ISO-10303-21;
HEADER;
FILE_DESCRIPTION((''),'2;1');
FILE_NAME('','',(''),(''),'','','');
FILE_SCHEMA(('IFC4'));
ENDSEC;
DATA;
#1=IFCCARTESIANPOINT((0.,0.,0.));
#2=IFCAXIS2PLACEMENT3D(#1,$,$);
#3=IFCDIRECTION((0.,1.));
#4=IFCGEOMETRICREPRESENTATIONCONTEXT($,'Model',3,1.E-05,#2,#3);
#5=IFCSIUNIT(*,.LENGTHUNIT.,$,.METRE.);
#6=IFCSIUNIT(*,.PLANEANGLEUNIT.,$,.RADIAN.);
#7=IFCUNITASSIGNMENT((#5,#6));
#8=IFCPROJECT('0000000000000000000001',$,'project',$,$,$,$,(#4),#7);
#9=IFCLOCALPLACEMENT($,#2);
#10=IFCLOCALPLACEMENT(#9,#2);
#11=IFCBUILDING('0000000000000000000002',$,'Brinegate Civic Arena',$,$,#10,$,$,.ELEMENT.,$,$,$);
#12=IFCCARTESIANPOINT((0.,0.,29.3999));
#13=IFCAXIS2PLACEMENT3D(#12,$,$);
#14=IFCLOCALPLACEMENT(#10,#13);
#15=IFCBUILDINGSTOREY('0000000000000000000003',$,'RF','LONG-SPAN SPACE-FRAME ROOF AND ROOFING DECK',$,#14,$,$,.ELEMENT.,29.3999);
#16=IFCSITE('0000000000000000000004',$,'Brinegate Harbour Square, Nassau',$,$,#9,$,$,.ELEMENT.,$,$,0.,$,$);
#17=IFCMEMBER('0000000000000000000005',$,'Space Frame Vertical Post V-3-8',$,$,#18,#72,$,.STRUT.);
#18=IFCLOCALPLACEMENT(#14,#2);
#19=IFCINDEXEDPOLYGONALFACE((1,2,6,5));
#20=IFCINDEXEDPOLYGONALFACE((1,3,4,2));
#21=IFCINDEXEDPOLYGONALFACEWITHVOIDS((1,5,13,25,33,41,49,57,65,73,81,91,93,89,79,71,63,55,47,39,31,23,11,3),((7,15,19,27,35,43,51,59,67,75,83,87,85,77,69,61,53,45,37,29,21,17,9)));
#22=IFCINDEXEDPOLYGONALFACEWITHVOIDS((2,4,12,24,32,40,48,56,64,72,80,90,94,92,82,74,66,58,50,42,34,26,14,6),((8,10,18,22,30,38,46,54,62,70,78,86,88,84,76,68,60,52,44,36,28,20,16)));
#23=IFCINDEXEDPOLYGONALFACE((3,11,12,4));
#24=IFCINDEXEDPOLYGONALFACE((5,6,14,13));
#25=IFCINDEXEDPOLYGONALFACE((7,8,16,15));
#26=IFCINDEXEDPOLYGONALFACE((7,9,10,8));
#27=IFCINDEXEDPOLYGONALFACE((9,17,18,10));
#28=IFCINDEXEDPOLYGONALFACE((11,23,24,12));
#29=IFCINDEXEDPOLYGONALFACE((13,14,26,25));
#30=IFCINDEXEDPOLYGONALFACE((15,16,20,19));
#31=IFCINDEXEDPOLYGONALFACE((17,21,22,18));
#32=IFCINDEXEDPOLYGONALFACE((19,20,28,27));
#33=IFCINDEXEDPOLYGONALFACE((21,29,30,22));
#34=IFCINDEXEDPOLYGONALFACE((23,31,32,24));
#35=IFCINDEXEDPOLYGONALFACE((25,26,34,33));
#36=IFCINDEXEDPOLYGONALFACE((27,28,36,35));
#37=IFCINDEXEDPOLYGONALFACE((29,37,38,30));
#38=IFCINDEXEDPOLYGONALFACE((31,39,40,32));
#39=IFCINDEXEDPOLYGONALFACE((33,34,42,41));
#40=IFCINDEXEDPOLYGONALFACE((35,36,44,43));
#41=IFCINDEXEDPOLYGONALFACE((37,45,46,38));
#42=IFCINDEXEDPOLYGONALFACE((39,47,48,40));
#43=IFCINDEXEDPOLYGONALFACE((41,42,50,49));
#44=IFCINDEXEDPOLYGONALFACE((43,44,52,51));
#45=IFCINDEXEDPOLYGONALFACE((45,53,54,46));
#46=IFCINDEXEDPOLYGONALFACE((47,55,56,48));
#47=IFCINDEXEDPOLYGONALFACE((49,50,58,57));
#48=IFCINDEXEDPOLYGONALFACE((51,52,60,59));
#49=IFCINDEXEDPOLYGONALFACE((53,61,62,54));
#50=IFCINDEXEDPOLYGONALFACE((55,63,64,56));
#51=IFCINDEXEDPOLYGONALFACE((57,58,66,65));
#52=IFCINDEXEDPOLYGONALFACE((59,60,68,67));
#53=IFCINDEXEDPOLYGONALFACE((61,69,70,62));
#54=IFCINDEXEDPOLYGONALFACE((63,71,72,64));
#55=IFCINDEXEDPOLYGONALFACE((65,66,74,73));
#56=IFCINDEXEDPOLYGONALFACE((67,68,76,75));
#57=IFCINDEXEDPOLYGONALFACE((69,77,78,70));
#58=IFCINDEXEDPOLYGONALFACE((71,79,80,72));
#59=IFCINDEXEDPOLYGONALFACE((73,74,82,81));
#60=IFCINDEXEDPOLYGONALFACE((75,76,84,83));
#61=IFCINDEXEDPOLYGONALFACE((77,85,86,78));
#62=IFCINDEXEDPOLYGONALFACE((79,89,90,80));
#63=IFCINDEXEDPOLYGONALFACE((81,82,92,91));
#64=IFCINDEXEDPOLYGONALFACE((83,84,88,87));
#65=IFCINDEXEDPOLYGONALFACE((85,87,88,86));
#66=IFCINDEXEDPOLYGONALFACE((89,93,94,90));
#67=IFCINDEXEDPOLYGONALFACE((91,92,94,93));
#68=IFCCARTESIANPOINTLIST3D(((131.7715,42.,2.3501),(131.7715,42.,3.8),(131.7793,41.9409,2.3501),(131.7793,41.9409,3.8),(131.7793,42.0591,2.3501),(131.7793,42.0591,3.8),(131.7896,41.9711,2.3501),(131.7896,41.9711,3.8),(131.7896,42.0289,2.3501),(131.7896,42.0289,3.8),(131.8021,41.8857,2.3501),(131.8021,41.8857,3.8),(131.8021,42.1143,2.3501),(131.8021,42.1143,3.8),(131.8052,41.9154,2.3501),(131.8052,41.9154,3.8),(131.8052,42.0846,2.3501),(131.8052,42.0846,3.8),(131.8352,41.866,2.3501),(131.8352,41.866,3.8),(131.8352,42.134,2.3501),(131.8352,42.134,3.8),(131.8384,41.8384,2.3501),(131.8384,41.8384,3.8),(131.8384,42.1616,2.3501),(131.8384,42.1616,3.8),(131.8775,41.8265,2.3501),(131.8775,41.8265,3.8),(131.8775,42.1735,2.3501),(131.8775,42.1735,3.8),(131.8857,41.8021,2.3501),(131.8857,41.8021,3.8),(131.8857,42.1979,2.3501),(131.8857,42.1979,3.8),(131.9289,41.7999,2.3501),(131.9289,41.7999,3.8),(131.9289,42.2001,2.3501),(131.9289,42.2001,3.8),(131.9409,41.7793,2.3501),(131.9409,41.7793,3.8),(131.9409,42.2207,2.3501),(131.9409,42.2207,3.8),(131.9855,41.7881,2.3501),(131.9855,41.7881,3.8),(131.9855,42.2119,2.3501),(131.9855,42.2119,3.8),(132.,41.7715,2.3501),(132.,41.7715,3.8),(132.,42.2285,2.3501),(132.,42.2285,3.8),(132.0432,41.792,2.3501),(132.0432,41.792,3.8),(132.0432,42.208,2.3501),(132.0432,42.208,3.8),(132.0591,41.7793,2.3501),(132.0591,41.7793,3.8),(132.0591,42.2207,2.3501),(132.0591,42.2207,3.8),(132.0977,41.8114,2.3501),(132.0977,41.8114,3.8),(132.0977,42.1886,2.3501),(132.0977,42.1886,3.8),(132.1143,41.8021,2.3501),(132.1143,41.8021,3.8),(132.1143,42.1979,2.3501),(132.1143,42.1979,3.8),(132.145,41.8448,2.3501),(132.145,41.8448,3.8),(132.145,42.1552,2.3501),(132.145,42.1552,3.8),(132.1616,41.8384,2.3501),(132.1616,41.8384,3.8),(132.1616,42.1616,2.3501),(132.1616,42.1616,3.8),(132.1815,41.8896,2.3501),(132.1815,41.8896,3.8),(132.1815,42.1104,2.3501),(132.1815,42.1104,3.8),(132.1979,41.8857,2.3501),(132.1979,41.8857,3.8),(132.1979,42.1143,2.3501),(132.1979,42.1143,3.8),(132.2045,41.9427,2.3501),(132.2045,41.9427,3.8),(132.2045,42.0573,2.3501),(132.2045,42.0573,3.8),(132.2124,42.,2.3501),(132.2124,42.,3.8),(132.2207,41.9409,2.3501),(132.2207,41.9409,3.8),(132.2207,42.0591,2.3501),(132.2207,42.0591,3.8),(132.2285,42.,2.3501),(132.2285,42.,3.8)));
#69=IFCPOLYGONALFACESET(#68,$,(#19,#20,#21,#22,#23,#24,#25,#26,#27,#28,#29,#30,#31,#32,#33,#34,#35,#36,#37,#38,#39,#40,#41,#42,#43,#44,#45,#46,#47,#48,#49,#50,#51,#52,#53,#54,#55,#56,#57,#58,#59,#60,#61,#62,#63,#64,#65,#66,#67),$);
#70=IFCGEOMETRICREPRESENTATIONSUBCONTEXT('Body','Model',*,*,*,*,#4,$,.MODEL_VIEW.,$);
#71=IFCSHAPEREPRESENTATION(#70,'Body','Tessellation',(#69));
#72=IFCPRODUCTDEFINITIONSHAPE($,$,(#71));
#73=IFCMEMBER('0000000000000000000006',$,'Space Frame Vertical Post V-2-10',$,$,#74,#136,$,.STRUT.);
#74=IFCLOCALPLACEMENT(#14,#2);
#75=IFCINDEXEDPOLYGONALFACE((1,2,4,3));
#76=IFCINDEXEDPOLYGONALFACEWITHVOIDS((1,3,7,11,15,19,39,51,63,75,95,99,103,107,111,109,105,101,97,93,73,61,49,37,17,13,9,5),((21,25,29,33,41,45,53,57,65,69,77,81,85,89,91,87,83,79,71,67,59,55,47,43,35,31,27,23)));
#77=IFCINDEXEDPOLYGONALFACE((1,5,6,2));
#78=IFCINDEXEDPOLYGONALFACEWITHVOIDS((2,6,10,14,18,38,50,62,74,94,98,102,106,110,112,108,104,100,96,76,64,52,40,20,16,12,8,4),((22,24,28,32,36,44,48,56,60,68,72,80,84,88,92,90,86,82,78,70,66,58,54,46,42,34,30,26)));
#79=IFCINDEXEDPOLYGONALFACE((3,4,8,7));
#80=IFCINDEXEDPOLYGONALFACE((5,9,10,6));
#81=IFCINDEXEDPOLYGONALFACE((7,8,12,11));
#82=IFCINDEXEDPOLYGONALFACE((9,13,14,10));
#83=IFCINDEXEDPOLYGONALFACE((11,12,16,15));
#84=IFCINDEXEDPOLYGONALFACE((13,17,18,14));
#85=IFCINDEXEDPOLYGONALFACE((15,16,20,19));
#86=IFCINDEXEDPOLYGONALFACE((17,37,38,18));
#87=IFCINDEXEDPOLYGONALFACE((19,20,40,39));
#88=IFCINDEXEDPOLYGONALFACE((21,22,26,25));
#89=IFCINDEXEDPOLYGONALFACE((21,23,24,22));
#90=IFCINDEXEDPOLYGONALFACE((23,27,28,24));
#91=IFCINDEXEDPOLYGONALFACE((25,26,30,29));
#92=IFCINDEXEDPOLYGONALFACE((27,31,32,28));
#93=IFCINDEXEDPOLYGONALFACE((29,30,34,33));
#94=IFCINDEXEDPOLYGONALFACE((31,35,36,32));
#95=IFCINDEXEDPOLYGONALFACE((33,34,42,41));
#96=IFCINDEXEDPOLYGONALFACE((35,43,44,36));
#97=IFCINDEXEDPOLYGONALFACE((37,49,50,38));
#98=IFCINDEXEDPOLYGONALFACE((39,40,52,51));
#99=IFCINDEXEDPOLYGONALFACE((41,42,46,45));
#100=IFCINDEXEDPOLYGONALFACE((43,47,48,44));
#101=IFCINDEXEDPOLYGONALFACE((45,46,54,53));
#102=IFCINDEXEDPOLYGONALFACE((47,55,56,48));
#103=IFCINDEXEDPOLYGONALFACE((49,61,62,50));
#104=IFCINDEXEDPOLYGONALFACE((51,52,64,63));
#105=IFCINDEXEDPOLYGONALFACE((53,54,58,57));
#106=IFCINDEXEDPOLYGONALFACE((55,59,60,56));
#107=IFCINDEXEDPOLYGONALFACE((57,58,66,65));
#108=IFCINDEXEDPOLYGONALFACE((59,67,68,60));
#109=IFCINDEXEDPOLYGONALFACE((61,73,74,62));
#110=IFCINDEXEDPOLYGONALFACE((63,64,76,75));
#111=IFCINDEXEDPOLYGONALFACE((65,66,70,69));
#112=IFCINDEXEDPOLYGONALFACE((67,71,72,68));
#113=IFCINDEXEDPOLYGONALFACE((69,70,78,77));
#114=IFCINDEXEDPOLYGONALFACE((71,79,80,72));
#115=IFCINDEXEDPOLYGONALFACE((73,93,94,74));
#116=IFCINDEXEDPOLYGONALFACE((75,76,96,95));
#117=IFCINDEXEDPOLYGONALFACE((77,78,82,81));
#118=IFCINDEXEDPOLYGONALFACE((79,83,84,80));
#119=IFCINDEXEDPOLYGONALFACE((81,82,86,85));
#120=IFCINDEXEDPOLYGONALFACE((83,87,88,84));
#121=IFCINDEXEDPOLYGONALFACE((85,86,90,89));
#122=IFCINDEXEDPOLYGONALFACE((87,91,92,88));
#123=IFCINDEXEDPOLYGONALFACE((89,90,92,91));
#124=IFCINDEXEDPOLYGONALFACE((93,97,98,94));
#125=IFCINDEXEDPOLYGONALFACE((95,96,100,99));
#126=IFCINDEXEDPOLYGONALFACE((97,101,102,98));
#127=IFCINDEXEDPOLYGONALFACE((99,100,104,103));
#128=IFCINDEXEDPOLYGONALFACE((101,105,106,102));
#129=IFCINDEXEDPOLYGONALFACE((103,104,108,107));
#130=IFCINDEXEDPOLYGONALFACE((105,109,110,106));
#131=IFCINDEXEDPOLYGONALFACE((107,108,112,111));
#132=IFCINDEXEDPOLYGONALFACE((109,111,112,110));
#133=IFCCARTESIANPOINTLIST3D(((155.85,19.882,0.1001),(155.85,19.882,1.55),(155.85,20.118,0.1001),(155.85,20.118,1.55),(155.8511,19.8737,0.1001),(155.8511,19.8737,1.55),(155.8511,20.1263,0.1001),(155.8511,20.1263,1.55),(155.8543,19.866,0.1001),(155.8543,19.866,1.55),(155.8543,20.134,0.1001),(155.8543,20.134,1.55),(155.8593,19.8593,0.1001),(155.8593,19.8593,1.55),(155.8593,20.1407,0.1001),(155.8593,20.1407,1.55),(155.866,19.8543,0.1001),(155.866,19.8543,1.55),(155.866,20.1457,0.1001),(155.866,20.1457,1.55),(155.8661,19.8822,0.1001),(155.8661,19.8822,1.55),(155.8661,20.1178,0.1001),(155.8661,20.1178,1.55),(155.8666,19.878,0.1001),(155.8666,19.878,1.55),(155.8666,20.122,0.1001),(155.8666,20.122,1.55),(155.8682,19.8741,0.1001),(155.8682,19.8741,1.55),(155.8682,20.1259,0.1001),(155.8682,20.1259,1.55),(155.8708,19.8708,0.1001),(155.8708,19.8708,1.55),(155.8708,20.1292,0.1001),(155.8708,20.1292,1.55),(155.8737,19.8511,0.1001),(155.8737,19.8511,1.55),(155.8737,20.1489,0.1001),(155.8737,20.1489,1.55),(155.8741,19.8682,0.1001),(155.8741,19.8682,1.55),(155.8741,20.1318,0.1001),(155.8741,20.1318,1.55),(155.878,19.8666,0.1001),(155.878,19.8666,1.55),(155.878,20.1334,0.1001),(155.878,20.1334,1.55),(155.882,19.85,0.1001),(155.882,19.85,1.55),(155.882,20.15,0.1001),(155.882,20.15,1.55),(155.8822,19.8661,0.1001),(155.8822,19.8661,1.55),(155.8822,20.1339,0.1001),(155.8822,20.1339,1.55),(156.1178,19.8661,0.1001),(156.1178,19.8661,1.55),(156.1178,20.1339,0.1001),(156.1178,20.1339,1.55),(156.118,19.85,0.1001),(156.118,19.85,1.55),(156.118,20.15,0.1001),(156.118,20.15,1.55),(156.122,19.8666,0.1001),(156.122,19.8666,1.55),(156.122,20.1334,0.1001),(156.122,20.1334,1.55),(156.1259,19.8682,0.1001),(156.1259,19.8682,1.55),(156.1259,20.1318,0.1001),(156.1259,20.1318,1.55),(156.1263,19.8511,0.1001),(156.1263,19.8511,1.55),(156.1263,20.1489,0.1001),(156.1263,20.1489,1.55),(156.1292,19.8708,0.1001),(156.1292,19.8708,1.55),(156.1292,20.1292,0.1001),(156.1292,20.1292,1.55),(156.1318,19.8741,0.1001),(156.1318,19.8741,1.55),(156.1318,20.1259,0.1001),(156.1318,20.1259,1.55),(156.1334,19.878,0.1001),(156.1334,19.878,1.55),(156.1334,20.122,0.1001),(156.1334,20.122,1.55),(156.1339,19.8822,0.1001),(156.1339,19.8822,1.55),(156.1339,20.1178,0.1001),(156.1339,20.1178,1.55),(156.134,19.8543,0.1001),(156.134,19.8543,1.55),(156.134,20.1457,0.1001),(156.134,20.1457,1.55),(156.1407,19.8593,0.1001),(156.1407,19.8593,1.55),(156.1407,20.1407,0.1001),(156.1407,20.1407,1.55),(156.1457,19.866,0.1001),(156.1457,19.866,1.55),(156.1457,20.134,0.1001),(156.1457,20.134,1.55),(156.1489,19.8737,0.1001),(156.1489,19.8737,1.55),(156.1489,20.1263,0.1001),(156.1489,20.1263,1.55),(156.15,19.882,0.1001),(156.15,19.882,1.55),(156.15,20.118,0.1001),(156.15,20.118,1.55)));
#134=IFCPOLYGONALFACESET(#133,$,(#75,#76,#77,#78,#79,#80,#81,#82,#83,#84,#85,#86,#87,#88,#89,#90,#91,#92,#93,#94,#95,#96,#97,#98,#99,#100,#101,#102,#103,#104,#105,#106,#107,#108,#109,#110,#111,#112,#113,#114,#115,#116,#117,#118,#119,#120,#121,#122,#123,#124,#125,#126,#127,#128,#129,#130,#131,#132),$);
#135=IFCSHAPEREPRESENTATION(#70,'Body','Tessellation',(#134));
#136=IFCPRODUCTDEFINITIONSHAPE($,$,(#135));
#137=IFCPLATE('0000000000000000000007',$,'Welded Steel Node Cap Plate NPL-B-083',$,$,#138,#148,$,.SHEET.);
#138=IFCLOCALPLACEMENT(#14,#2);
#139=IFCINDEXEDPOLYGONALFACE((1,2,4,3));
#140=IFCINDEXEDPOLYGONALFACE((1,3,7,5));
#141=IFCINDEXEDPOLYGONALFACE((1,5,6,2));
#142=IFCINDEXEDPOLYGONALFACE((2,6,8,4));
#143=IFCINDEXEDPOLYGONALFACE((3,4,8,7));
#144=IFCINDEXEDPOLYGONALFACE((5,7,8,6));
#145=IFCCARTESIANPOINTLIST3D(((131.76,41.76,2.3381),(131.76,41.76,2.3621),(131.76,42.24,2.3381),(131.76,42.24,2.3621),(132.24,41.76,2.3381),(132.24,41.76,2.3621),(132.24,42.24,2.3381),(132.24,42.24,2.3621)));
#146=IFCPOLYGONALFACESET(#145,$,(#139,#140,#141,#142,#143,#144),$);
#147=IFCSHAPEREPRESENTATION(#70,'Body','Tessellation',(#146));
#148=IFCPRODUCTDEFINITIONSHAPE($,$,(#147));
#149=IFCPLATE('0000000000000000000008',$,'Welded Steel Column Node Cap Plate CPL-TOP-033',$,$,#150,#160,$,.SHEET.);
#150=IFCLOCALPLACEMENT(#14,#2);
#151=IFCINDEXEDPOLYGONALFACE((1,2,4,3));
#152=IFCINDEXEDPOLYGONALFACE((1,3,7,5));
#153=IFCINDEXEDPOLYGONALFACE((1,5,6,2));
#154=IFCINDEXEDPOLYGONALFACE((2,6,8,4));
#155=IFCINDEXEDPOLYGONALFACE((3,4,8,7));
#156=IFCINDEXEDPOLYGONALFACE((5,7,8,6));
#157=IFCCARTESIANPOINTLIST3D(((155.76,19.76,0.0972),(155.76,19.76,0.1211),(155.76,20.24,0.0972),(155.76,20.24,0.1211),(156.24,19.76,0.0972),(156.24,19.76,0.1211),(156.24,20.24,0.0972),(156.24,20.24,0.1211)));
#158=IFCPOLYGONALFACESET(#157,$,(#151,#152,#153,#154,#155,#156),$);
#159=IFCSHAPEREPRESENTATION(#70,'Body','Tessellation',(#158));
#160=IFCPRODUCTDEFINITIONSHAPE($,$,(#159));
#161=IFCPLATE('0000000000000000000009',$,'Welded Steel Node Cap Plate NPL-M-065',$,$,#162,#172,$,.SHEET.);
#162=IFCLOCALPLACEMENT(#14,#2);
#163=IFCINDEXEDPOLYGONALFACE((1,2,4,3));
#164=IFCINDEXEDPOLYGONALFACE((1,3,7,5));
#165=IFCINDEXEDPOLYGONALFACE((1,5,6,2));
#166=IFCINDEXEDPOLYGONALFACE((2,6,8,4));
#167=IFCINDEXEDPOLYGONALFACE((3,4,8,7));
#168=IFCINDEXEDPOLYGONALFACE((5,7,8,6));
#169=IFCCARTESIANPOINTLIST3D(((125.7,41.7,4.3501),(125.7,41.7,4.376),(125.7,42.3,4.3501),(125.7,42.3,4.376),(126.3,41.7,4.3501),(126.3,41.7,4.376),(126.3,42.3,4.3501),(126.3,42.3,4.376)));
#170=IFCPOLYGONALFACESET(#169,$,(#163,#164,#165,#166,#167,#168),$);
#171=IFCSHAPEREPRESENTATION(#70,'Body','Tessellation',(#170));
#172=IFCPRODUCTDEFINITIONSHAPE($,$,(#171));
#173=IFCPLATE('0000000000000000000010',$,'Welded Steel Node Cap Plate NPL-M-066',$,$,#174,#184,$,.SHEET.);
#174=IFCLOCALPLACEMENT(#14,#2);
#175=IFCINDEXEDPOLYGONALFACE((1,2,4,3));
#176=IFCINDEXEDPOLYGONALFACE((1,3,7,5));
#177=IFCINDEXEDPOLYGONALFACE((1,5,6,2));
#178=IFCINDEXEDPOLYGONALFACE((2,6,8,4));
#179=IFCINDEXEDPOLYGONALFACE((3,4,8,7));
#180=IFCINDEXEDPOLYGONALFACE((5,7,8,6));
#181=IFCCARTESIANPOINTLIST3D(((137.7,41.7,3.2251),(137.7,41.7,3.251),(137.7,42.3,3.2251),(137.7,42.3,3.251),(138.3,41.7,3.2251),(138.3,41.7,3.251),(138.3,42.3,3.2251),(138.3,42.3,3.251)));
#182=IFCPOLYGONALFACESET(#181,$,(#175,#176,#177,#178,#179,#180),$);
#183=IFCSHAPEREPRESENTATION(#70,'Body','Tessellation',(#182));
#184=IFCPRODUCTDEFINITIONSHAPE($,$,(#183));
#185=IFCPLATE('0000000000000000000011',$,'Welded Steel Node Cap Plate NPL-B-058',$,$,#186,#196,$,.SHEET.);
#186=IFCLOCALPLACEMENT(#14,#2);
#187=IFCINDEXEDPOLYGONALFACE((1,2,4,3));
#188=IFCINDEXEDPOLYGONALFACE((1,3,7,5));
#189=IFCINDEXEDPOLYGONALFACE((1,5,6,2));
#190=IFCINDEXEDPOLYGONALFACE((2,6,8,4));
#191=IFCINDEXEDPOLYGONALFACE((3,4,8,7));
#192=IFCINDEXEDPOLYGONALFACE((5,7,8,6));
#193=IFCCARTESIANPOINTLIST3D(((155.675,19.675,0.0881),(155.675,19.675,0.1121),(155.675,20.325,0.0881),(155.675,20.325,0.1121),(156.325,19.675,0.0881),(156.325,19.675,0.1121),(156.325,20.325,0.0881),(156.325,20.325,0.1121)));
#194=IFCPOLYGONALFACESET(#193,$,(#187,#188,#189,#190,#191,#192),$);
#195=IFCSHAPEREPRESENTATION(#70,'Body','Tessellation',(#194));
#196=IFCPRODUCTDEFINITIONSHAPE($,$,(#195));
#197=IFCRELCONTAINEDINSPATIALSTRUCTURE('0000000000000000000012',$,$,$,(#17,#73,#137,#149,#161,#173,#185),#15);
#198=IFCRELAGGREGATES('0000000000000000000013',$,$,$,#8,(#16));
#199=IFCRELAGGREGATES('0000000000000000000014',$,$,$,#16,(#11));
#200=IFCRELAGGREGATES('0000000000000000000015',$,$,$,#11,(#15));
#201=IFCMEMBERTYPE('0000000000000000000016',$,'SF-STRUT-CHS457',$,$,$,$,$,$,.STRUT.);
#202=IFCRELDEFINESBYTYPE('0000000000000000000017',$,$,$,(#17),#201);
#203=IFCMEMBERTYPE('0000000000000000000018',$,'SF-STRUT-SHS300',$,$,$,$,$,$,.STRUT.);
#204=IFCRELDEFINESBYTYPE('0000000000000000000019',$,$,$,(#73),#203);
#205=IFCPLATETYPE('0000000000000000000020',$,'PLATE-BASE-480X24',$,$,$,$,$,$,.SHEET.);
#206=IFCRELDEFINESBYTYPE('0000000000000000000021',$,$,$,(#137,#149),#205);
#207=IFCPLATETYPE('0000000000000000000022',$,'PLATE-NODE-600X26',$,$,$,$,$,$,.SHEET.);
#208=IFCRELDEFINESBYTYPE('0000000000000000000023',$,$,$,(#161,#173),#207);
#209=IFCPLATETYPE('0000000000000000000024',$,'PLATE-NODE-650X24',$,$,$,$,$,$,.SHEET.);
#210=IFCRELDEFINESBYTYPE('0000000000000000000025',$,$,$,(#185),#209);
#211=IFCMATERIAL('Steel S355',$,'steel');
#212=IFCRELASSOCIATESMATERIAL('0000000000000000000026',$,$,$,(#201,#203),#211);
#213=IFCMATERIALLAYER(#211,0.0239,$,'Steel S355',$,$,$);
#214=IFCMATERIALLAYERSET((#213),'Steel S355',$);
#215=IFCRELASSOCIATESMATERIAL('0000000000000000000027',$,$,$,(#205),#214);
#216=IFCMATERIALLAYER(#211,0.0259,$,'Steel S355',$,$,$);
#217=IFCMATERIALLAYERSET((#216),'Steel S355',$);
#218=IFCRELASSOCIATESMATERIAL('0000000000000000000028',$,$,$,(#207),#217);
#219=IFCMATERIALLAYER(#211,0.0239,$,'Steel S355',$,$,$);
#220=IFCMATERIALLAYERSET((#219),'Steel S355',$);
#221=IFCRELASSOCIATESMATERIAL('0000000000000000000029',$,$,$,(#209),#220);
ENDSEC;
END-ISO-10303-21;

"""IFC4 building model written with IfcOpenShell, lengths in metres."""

from ifc_helpers import new_model, si_unit, direction, frame, origin, origin_2d, place, context, subcontext, project, spatial, rectangle, hollow_rectangle, hollow_circle, extrude, material, layer, layer_set, material_profile, profile_set, type_object, element, save


model = new_model("IFC4")

# Units and contexts
model_context = context("Model", 3, precision=1e-05, world=origin(), true_north=direction((0.0, 1.0)))
body_context = subcontext(model_context, "Body", "Model", "MODEL_VIEW")
ifc_project = project(units=[si_unit("LENGTHUNIT", "METRE"), si_unit("PLANEANGLEUNIT", "RADIAN")], contexts=[model_context])

# Site, building, storey
site_placement = place(None, origin())
site = spatial("IfcSite", under=ifc_project, at=site_placement, Name="Brinegate Harbour Square, Nassau", CompositionType="ELEMENT", RefElevation=0.0)
building_placement = place(site_placement, origin())
building = spatial("IfcBuilding", under=site, at=building_placement, Name="Brinegate Civic Arena", CompositionType="ELEMENT")
storey_placement = place(building_placement, frame((0.0, 0.0, 29.3999)))
storey = spatial("IfcBuildingStorey", under=building, at=storey_placement, Name="RF", Description="LONG-SPAN SPACE-FRAME ROOF AND ROOFING DECK", CompositionType="ELEMENT", Elevation=29.3999)

# Shared definitions
ifc_material_1 = material(Name="Steel S355", Category="steel")

# Members
ifc_material_profile_1 = material_profile(ifc_material_1, hollow_circle(Radius=0.2285, WallThickness=0.0161, at=origin_2d()), Name="CHS457X16")
ifc_profile_set_1 = profile_set([ifc_material_profile_1], Name="Steel S355")
member_type_1 = type_object("IfcMemberType", Name="SF-STRUT-CHS457", PredefinedType="STRUT", material=ifc_profile_set_1)
member_1_placement = place(storey_placement, frame((132.0, 42.0, 2.3501), z_axis=(0.0, 0.0, 1.0), x_axis=(1.0, 0.0, 0.0)))
element("IfcMember", 1, at=member_1_placement, inside=storey, type_object=member_type_1, Name="Space Frame Vertical Post V-3-8", PredefinedType="STRUT", context=body_context, shape_type="SweptSolid", body=[
    extrude(hollow_circle(Radius=0.2285, WallThickness=0.0161, at=origin_2d()), origin(), (0.0, 0.0, 1.0), 1.45),
])
ifc_material_profile_2 = material_profile(ifc_material_1, hollow_rectangle(XDim=0.3, YDim=0.3, WallThickness=0.0161, InnerFilletRadius=0.0161, OuterFilletRadius=0.032, at=origin_2d()), Name="SHS300X16")
ifc_profile_set_2 = profile_set([ifc_material_profile_2], Name="Steel S355")
member_type_2 = type_object("IfcMemberType", Name="SF-STRUT-SHS300", PredefinedType="STRUT", material=ifc_profile_set_2)
member_2_placement = place(storey_placement, frame((156.0, 20.0, 0.1001), z_axis=(0.0, 0.0, 1.0), x_axis=(1.0, 0.0, 0.0)))
element("IfcMember", 2, at=member_2_placement, inside=storey, type_object=member_type_2, Name="Space Frame Vertical Post V-2-10", PredefinedType="STRUT", context=body_context, shape_type="SweptSolid", body=[
    extrude(hollow_rectangle(XDim=0.3, YDim=0.3, WallThickness=0.0161, InnerFilletRadius=0.0161, OuterFilletRadius=0.032, at=origin_2d()), origin(), (0.0, 0.0, 1.0), 1.45),
])

# Plates
ifc_layer_1 = layer(ifc_material_1, 0.0239, Name="Steel S355")
ifc_layer_set_1 = layer_set([ifc_layer_1], Name="Steel S355")
plate_type_1 = type_object("IfcPlateType", Name="PLATE-BASE-480X24", PredefinedType="SHEET", material=ifc_layer_set_1)
for number, where, z_axis, x_axis, name in (
    (3, (132.0, 42.0, 2.3381), (0.0, 0.0, 1.0), (1.0, 0.0, 0.0), "Welded Steel Node Cap Plate NPL-B-083"),
    (4, (156.0, 20.0, 0.0972), (0.0, 0.0, 1.0), (1.0, 0.0, 0.0), "Welded Steel Column Node Cap Plate CPL-TOP-033"),
):
    element("IfcPlate", number, at=place(storey_placement, frame(where, z_axis=z_axis, x_axis=x_axis)), inside=storey, type_object=plate_type_1, Name=name, PredefinedType="SHEET", context=body_context, shape_type="SweptSolid", body=[
        extrude(rectangle(XDim=0.48, YDim=0.48, at=origin_2d()), origin(), (0.0, 0.0, 1.0), 0.0239),
    ])
ifc_layer_2 = layer(ifc_material_1, 0.0259, Name="Steel S355")
ifc_layer_set_2 = layer_set([ifc_layer_2], Name="Steel S355")
plate_type_2 = type_object("IfcPlateType", Name="PLATE-NODE-600X26", PredefinedType="SHEET", material=ifc_layer_set_2)
for number, where, z_axis, x_axis, name in (
    (5, (126.0, 42.0, 4.3501), (0.0, 0.0, 1.0), (1.0, 0.0, 0.0), "Welded Steel Node Cap Plate NPL-M-065"),
    (6, (138.0, 42.0, 3.2251), (0.0, 0.0, 1.0), (1.0, 0.0, 0.0), "Welded Steel Node Cap Plate NPL-M-066"),
):
    element("IfcPlate", number, at=place(storey_placement, frame(where, z_axis=z_axis, x_axis=x_axis)), inside=storey, type_object=plate_type_2, Name=name, PredefinedType="SHEET", context=body_context, shape_type="SweptSolid", body=[
        extrude(rectangle(XDim=0.6001, YDim=0.6001, at=origin_2d()), origin(), (0.0, 0.0, 1.0), 0.0259),
    ])
ifc_layer_3 = layer(ifc_material_1, 0.0239, Name="Steel S355")
ifc_layer_set_3 = layer_set([ifc_layer_3], Name="Steel S355")
plate_type_3 = type_object("IfcPlateType", Name="PLATE-NODE-650X24", PredefinedType="SHEET", material=ifc_layer_set_3)
for number, where, z_axis, x_axis, name in (
    (7, (156.0, 20.0, 0.0881), (0.0, 0.0, 1.0), (1.0, 0.0, 0.0), "Welded Steel Node Cap Plate NPL-B-058"),
):
    element("IfcPlate", number, at=place(storey_placement, frame(where, z_axis=z_axis, x_axis=x_axis)), inside=storey, type_object=plate_type_3, Name=name, PredefinedType="SHEET", context=body_context, shape_type="SweptSolid", body=[
        extrude(rectangle(XDim=0.6499, YDim=0.6499, at=origin_2d()), origin(), (0.0, 0.0, 1.0), 0.0239),
    ])

save(model, "model.ifc")
